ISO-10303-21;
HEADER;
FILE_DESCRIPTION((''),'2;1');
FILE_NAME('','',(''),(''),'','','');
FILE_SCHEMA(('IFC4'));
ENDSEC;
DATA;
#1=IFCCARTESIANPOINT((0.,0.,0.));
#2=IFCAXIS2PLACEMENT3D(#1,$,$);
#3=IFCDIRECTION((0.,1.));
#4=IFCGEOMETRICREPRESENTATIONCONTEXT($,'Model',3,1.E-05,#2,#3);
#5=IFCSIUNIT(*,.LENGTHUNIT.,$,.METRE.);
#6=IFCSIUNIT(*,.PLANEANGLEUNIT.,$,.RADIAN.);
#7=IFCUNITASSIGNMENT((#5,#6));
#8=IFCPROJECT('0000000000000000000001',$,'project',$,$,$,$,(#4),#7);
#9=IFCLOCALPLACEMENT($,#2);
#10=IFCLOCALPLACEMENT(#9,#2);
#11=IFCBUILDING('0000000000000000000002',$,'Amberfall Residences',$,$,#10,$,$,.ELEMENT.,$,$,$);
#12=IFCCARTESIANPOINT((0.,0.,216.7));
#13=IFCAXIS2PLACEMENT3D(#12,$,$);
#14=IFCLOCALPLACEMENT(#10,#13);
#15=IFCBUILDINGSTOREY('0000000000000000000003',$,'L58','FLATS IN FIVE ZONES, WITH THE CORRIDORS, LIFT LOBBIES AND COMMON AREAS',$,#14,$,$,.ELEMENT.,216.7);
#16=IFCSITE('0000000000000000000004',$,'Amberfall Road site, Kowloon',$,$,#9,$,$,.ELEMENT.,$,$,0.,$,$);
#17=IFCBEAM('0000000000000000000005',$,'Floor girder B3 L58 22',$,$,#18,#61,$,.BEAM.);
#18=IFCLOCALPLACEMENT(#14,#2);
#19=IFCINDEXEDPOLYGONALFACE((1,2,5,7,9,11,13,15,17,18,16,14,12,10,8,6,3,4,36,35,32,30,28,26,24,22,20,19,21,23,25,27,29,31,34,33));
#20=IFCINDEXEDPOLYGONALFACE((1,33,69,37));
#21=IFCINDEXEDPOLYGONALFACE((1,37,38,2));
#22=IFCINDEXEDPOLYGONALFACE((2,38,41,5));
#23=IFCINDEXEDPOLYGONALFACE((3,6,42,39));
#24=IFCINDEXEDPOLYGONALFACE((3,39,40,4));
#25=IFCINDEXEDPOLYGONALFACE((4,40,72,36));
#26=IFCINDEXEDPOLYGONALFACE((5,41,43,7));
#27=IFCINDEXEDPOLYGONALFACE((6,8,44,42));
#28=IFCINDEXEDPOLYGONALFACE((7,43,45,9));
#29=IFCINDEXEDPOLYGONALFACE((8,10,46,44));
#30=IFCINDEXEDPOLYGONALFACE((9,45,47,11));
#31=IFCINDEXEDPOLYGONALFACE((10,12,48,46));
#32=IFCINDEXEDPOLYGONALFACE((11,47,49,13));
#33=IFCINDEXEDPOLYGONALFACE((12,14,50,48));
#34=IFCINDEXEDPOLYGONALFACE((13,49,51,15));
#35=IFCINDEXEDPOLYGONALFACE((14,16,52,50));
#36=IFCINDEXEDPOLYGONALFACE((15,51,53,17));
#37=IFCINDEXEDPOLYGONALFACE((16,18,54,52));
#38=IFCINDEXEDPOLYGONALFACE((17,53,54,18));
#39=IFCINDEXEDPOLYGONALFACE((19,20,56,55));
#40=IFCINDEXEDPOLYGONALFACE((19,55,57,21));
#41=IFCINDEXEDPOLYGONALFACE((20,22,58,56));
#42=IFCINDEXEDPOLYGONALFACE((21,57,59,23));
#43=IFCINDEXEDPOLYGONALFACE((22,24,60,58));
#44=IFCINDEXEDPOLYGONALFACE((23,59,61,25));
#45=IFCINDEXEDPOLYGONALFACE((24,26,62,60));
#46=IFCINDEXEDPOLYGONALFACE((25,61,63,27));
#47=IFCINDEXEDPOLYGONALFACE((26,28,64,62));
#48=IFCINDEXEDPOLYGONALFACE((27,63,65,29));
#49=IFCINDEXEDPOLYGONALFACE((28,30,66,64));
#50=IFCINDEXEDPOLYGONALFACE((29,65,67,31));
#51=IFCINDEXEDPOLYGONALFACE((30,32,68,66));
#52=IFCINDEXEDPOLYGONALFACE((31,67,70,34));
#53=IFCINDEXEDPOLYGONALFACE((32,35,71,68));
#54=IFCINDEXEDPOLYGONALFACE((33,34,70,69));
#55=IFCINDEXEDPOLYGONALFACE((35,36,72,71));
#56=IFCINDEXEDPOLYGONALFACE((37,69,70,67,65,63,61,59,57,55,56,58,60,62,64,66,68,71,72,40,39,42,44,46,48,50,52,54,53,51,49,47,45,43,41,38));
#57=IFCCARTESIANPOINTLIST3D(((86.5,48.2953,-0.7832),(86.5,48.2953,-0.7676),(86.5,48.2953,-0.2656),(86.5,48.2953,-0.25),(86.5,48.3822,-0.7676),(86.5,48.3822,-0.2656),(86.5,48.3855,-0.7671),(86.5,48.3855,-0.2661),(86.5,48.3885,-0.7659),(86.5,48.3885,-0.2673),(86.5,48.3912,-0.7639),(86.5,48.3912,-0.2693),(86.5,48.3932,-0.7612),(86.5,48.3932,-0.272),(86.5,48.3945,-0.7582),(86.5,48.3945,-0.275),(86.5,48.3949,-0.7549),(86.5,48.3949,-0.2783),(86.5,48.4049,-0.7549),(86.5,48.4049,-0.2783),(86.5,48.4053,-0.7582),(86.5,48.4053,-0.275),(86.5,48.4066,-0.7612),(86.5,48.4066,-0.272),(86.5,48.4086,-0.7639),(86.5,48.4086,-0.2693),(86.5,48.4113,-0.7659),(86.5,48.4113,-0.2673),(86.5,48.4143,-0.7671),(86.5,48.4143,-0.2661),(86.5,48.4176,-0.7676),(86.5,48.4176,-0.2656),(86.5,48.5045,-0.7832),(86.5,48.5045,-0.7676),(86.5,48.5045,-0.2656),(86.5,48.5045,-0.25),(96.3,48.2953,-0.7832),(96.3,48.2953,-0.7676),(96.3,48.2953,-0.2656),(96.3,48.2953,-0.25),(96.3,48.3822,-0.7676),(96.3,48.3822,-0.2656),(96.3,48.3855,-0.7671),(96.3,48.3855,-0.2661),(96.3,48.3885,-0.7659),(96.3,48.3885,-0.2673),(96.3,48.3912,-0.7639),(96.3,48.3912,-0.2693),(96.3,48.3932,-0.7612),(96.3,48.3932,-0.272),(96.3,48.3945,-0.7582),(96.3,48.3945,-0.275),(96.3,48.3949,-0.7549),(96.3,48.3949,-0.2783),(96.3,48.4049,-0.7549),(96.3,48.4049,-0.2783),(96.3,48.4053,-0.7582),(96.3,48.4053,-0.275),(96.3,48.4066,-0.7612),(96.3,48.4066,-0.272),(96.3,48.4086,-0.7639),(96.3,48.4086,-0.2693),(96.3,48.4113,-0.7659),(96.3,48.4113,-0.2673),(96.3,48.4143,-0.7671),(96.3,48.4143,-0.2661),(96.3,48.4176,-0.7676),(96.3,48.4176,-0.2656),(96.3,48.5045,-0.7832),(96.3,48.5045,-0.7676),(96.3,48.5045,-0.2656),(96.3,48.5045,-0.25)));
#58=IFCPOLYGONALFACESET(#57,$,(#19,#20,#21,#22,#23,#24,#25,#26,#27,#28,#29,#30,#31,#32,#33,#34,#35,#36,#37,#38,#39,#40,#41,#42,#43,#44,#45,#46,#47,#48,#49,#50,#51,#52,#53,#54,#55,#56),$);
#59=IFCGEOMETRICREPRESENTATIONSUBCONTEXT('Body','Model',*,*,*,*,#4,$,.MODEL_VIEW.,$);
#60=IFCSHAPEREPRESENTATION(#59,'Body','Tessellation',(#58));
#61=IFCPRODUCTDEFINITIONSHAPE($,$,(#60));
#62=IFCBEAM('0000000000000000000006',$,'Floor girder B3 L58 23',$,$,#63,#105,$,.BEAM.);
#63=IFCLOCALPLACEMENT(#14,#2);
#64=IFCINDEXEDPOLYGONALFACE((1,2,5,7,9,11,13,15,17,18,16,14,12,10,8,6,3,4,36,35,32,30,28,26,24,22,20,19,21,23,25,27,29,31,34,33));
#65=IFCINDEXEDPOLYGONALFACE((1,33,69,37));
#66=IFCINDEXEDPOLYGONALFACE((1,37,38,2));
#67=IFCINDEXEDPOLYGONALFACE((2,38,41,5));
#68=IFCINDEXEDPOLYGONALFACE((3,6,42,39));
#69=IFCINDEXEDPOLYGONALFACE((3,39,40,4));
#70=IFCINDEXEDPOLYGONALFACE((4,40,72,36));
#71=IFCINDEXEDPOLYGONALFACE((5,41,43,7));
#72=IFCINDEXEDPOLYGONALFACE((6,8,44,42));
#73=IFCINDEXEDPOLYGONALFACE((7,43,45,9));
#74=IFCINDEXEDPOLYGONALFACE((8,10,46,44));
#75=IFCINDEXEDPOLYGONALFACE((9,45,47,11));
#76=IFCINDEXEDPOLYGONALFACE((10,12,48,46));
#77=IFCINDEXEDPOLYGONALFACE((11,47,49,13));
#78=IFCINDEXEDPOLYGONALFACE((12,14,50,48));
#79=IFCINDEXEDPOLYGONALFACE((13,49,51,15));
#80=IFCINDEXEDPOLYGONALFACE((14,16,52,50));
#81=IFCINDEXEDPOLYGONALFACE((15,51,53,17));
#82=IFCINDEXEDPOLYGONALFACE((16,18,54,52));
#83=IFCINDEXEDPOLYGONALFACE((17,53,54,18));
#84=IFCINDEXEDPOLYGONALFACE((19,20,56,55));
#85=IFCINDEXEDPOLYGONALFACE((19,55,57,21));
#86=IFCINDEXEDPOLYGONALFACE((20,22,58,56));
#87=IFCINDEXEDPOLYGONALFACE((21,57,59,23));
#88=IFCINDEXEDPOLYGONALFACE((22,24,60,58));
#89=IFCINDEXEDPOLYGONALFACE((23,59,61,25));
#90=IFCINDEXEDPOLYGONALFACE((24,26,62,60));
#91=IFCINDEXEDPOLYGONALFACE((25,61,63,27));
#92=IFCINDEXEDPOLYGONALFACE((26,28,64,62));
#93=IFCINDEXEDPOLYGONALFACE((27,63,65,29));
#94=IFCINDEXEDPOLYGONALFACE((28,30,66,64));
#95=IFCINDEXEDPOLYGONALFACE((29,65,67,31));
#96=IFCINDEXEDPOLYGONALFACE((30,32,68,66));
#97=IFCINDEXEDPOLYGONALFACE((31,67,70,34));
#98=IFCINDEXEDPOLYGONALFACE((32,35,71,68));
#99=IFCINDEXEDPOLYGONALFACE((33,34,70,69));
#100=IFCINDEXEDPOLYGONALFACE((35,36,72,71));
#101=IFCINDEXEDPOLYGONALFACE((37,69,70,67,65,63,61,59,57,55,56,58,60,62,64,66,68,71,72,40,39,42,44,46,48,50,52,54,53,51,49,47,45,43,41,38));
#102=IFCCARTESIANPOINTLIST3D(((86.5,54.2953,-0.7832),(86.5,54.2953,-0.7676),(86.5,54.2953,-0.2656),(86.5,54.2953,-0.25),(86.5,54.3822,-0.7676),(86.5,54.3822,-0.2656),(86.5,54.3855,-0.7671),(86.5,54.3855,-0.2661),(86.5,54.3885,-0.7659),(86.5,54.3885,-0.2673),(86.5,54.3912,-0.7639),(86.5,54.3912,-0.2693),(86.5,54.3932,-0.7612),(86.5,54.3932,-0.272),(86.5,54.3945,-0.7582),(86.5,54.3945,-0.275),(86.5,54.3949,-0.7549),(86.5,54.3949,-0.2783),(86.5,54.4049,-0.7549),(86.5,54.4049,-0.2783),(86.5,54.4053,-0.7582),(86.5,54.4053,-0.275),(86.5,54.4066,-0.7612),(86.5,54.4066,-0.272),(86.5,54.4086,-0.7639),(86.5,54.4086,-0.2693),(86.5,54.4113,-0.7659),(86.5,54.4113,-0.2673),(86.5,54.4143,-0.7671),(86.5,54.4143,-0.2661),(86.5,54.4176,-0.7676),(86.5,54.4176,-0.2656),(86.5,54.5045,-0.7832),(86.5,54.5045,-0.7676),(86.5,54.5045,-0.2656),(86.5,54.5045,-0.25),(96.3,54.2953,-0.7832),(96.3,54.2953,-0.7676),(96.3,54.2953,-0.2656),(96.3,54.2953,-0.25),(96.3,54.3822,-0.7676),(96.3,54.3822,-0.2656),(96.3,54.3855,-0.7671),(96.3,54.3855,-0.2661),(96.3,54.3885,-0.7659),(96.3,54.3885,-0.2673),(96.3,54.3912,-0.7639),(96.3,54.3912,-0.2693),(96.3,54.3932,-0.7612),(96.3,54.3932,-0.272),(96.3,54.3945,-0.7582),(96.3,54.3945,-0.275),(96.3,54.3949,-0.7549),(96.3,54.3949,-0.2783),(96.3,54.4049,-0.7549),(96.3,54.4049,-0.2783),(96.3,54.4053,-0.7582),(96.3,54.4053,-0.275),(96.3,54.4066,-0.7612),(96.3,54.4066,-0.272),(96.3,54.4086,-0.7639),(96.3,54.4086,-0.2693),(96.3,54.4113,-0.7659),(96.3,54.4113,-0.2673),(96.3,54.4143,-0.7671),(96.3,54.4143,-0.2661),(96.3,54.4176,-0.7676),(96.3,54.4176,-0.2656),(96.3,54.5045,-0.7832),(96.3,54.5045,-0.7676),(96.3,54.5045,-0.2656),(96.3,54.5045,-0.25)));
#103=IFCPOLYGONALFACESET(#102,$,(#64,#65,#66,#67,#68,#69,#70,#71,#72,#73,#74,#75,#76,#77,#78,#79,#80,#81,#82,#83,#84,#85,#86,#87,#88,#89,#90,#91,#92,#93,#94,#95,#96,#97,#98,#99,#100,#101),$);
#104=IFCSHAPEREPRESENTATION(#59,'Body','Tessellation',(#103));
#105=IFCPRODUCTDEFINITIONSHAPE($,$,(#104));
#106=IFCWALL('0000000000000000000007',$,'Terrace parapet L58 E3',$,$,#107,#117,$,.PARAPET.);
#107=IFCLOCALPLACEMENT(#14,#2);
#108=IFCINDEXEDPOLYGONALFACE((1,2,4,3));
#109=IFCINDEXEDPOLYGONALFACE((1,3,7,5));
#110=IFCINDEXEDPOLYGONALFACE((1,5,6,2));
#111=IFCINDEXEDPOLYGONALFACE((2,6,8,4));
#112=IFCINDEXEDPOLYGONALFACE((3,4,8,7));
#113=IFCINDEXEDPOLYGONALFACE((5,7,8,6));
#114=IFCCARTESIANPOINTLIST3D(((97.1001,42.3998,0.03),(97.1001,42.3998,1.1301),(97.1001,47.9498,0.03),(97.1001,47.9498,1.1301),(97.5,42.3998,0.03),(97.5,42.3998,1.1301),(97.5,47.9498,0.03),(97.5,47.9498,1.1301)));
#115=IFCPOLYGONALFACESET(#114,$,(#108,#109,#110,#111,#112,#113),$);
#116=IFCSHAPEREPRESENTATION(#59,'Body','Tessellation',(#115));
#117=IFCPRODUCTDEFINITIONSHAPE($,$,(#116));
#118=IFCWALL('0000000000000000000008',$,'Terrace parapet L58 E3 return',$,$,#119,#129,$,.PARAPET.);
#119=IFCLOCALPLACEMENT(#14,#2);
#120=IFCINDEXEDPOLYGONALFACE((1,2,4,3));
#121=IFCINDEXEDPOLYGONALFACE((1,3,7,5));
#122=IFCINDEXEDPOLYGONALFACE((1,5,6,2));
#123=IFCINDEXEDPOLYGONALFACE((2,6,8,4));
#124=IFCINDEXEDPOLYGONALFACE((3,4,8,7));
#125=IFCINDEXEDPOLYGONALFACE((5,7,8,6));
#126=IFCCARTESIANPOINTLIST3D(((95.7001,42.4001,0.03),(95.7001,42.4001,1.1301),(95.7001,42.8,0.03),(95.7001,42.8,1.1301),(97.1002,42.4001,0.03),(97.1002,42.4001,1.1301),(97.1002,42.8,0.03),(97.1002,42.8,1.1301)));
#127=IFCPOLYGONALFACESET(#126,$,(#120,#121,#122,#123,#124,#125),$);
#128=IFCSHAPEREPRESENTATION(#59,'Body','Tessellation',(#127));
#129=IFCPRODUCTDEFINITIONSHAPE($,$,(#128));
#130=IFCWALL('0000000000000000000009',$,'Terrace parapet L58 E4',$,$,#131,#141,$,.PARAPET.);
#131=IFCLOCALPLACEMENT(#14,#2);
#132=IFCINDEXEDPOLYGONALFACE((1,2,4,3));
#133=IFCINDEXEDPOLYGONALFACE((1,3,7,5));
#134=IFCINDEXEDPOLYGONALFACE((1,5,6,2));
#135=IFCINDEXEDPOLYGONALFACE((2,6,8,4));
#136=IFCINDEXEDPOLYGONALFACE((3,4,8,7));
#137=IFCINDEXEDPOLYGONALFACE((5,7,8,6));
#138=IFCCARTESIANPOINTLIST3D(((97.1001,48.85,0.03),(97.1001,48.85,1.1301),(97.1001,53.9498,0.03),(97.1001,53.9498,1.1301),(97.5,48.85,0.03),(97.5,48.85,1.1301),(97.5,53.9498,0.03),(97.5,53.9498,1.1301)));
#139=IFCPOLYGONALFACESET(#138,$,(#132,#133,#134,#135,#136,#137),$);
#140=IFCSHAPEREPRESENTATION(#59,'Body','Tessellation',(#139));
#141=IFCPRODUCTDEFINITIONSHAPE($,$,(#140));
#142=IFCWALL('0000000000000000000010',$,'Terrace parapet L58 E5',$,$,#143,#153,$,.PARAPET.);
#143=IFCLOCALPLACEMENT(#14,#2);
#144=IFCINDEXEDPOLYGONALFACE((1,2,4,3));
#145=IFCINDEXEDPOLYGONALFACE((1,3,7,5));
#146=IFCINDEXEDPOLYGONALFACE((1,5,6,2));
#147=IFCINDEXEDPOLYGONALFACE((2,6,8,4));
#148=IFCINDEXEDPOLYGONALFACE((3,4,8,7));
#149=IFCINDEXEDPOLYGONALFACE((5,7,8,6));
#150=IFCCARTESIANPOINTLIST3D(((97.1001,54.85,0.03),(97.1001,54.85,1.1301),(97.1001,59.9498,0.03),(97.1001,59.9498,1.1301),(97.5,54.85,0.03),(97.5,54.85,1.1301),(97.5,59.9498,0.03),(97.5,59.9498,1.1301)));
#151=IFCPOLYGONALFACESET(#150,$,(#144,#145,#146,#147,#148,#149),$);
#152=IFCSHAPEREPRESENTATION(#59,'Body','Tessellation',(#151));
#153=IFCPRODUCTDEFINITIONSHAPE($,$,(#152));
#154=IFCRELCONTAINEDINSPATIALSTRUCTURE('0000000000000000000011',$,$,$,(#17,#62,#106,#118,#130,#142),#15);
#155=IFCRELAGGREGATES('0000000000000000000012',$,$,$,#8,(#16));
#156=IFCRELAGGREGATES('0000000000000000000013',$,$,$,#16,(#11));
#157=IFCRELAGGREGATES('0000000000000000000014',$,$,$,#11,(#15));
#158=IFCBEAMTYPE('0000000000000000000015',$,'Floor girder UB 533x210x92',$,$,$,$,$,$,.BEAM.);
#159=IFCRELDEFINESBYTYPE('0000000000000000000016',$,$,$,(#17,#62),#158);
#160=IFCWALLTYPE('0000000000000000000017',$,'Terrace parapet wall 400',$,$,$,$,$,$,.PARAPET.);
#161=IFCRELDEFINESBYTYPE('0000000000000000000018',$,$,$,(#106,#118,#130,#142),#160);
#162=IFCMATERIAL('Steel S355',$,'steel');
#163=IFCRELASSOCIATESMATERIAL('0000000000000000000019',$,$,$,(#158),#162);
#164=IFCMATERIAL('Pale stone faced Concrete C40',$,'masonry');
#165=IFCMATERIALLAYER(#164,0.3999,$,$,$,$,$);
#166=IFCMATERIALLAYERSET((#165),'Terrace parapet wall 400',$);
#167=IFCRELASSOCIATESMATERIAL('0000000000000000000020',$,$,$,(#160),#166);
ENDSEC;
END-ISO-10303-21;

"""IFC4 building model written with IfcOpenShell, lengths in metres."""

from ifc_helpers import new_model, si_unit, direction, frame, frame_2d, origin, origin_2d, place, context, subcontext, project, spatial, rectangle, i_section, extrude, material, layer, layer_set, material_profile, profile_set, type_object, element, save


model = new_model("IFC4")

# Units and contexts
model_context = context("Model", 3, precision=1e-05, world=origin(), true_north=direction((0.0, 1.0)))
body_context = subcontext(model_context, "Body", "Model", "MODEL_VIEW")
ifc_project = project(units=[si_unit("LENGTHUNIT", "METRE"), si_unit("PLANEANGLEUNIT", "RADIAN")], contexts=[model_context])

# Site, building, storey
site_placement = place(None, origin())
site = spatial("IfcSite", under=ifc_project, at=site_placement, Name="Amberfall Road site, Kowloon", CompositionType="ELEMENT", RefElevation=0.0)
building_placement = place(site_placement, origin())
building = spatial("IfcBuilding", under=site, at=building_placement, Name="Amberfall Residences", CompositionType="ELEMENT")
storey_placement = place(building_placement, frame((0.0, 0.0, 216.7)))
storey = spatial("IfcBuildingStorey", under=building, at=storey_placement, Name="L58", Description="FLATS IN FIVE ZONES, WITH THE CORRIDORS, LIFT LOBBIES AND COMMON AREAS", CompositionType="ELEMENT", Elevation=216.7)

# Beams
ifc_material_1 = material(Name="Steel S355", Category="steel")
ifc_material_profile_1 = material_profile(ifc_material_1, i_section(OverallWidth=0.2092, OverallDepth=0.5332, WebThickness=0.01, FlangeThickness=0.0156, FilletRadius=0.0127, at=origin_2d()), Name="UB 533x210x92")
ifc_profile_set_1 = profile_set([ifc_material_profile_1], Name="Steel S355")
beam_type_1 = type_object("IfcBeamType", Name="Floor girder UB 533x210x92", PredefinedType="BEAM", material=ifc_profile_set_1)
for number, where, z_axis, x_axis, name in (
    (1, (96.3, 48.3999, -0.5166), (-1.0, 0.0, 0.0), (0.0, -1.0, 0.0), "Floor girder B3 L58 22"),
    (2, (96.3, 54.3999, -0.5166), (-1.0, 0.0, 0.0), (0.0, -1.0, 0.0), "Floor girder B3 L58 23"),
):
    element("IfcBeam", number, at=place(storey_placement, frame(where, z_axis=z_axis, x_axis=x_axis)), inside=storey, type_object=beam_type_1, Name=name, PredefinedType="BEAM", context=body_context, shape_type="SweptSolid", body=[
        extrude(i_section(OverallWidth=0.2092, OverallDepth=0.5332, WebThickness=0.01, FlangeThickness=0.0156, FilletRadius=0.0127, at=origin_2d()), origin(), (0.0, 0.0, 1.0), 9.8),
    ])

# Walls
ifc_material_2 = material(Name="Pale stone faced Concrete C40", Category="masonry")
ifc_layer = layer(ifc_material_2, 0.3999)
ifc_layer_set = layer_set([ifc_layer], Name="Terrace parapet wall 400")
wall_type = type_object("IfcWallType", Name="Terrace parapet wall 400", PredefinedType="PARAPET", material=ifc_layer_set)
wall_1_placement = place(storey_placement, frame((97.3, 42.3999, 0.03), z_axis=(0.0, 0.0, 1.0), x_axis=(0.0, 1.0, 0.0)))
element("IfcWall", 3, at=wall_1_placement, inside=storey, type_object=wall_type, Name="Terrace parapet L58 E3", PredefinedType="PARAPET", context=body_context, shape_type="SweptSolid", body=[
    extrude(rectangle(XDim=5.55, YDim=0.3999, at=frame_2d((2.7749, 0.0))), origin(), (0.0, 0.0, 1.0), 1.1001),
])
wall_2_placement = place(storey_placement, frame((95.7, 42.6001, 0.03), z_axis=(0.0, 0.0, 1.0), x_axis=(1.0, 0.0, 0.0)))
element("IfcWall", 4, at=wall_2_placement, inside=storey, type_object=wall_type, Name="Terrace parapet L58 E3 return", PredefinedType="PARAPET", context=body_context, shape_type="SweptSolid", body=[
    extrude(rectangle(XDim=1.4001, YDim=0.3999, at=frame_2d((0.7002, 0.0))), origin(), (0.0, 0.0, 1.0), 1.1001),
])
for number, where, z_axis, x_axis, name in (
    (5, (97.3, 48.8501, 0.03), (0.0, 0.0, 1.0), (0.0, 1.0, 0.0), "Terrace parapet L58 E4"),
    (6, (97.3, 54.8501, 0.03), (0.0, 0.0, 1.0), (0.0, 1.0, 0.0), "Terrace parapet L58 E5"),
):
    element("IfcWall", number, at=place(storey_placement, frame(where, z_axis=z_axis, x_axis=x_axis)), inside=storey, type_object=wall_type, Name=name, PredefinedType="PARAPET", context=body_context, shape_type="SweptSolid", body=[
        extrude(rectangle(XDim=5.0999, YDim=0.3999, at=frame_2d((2.5498, 0.0))), origin(), (0.0, 0.0, 1.0), 1.1001),
    ])

save(model, "model.ifc")
